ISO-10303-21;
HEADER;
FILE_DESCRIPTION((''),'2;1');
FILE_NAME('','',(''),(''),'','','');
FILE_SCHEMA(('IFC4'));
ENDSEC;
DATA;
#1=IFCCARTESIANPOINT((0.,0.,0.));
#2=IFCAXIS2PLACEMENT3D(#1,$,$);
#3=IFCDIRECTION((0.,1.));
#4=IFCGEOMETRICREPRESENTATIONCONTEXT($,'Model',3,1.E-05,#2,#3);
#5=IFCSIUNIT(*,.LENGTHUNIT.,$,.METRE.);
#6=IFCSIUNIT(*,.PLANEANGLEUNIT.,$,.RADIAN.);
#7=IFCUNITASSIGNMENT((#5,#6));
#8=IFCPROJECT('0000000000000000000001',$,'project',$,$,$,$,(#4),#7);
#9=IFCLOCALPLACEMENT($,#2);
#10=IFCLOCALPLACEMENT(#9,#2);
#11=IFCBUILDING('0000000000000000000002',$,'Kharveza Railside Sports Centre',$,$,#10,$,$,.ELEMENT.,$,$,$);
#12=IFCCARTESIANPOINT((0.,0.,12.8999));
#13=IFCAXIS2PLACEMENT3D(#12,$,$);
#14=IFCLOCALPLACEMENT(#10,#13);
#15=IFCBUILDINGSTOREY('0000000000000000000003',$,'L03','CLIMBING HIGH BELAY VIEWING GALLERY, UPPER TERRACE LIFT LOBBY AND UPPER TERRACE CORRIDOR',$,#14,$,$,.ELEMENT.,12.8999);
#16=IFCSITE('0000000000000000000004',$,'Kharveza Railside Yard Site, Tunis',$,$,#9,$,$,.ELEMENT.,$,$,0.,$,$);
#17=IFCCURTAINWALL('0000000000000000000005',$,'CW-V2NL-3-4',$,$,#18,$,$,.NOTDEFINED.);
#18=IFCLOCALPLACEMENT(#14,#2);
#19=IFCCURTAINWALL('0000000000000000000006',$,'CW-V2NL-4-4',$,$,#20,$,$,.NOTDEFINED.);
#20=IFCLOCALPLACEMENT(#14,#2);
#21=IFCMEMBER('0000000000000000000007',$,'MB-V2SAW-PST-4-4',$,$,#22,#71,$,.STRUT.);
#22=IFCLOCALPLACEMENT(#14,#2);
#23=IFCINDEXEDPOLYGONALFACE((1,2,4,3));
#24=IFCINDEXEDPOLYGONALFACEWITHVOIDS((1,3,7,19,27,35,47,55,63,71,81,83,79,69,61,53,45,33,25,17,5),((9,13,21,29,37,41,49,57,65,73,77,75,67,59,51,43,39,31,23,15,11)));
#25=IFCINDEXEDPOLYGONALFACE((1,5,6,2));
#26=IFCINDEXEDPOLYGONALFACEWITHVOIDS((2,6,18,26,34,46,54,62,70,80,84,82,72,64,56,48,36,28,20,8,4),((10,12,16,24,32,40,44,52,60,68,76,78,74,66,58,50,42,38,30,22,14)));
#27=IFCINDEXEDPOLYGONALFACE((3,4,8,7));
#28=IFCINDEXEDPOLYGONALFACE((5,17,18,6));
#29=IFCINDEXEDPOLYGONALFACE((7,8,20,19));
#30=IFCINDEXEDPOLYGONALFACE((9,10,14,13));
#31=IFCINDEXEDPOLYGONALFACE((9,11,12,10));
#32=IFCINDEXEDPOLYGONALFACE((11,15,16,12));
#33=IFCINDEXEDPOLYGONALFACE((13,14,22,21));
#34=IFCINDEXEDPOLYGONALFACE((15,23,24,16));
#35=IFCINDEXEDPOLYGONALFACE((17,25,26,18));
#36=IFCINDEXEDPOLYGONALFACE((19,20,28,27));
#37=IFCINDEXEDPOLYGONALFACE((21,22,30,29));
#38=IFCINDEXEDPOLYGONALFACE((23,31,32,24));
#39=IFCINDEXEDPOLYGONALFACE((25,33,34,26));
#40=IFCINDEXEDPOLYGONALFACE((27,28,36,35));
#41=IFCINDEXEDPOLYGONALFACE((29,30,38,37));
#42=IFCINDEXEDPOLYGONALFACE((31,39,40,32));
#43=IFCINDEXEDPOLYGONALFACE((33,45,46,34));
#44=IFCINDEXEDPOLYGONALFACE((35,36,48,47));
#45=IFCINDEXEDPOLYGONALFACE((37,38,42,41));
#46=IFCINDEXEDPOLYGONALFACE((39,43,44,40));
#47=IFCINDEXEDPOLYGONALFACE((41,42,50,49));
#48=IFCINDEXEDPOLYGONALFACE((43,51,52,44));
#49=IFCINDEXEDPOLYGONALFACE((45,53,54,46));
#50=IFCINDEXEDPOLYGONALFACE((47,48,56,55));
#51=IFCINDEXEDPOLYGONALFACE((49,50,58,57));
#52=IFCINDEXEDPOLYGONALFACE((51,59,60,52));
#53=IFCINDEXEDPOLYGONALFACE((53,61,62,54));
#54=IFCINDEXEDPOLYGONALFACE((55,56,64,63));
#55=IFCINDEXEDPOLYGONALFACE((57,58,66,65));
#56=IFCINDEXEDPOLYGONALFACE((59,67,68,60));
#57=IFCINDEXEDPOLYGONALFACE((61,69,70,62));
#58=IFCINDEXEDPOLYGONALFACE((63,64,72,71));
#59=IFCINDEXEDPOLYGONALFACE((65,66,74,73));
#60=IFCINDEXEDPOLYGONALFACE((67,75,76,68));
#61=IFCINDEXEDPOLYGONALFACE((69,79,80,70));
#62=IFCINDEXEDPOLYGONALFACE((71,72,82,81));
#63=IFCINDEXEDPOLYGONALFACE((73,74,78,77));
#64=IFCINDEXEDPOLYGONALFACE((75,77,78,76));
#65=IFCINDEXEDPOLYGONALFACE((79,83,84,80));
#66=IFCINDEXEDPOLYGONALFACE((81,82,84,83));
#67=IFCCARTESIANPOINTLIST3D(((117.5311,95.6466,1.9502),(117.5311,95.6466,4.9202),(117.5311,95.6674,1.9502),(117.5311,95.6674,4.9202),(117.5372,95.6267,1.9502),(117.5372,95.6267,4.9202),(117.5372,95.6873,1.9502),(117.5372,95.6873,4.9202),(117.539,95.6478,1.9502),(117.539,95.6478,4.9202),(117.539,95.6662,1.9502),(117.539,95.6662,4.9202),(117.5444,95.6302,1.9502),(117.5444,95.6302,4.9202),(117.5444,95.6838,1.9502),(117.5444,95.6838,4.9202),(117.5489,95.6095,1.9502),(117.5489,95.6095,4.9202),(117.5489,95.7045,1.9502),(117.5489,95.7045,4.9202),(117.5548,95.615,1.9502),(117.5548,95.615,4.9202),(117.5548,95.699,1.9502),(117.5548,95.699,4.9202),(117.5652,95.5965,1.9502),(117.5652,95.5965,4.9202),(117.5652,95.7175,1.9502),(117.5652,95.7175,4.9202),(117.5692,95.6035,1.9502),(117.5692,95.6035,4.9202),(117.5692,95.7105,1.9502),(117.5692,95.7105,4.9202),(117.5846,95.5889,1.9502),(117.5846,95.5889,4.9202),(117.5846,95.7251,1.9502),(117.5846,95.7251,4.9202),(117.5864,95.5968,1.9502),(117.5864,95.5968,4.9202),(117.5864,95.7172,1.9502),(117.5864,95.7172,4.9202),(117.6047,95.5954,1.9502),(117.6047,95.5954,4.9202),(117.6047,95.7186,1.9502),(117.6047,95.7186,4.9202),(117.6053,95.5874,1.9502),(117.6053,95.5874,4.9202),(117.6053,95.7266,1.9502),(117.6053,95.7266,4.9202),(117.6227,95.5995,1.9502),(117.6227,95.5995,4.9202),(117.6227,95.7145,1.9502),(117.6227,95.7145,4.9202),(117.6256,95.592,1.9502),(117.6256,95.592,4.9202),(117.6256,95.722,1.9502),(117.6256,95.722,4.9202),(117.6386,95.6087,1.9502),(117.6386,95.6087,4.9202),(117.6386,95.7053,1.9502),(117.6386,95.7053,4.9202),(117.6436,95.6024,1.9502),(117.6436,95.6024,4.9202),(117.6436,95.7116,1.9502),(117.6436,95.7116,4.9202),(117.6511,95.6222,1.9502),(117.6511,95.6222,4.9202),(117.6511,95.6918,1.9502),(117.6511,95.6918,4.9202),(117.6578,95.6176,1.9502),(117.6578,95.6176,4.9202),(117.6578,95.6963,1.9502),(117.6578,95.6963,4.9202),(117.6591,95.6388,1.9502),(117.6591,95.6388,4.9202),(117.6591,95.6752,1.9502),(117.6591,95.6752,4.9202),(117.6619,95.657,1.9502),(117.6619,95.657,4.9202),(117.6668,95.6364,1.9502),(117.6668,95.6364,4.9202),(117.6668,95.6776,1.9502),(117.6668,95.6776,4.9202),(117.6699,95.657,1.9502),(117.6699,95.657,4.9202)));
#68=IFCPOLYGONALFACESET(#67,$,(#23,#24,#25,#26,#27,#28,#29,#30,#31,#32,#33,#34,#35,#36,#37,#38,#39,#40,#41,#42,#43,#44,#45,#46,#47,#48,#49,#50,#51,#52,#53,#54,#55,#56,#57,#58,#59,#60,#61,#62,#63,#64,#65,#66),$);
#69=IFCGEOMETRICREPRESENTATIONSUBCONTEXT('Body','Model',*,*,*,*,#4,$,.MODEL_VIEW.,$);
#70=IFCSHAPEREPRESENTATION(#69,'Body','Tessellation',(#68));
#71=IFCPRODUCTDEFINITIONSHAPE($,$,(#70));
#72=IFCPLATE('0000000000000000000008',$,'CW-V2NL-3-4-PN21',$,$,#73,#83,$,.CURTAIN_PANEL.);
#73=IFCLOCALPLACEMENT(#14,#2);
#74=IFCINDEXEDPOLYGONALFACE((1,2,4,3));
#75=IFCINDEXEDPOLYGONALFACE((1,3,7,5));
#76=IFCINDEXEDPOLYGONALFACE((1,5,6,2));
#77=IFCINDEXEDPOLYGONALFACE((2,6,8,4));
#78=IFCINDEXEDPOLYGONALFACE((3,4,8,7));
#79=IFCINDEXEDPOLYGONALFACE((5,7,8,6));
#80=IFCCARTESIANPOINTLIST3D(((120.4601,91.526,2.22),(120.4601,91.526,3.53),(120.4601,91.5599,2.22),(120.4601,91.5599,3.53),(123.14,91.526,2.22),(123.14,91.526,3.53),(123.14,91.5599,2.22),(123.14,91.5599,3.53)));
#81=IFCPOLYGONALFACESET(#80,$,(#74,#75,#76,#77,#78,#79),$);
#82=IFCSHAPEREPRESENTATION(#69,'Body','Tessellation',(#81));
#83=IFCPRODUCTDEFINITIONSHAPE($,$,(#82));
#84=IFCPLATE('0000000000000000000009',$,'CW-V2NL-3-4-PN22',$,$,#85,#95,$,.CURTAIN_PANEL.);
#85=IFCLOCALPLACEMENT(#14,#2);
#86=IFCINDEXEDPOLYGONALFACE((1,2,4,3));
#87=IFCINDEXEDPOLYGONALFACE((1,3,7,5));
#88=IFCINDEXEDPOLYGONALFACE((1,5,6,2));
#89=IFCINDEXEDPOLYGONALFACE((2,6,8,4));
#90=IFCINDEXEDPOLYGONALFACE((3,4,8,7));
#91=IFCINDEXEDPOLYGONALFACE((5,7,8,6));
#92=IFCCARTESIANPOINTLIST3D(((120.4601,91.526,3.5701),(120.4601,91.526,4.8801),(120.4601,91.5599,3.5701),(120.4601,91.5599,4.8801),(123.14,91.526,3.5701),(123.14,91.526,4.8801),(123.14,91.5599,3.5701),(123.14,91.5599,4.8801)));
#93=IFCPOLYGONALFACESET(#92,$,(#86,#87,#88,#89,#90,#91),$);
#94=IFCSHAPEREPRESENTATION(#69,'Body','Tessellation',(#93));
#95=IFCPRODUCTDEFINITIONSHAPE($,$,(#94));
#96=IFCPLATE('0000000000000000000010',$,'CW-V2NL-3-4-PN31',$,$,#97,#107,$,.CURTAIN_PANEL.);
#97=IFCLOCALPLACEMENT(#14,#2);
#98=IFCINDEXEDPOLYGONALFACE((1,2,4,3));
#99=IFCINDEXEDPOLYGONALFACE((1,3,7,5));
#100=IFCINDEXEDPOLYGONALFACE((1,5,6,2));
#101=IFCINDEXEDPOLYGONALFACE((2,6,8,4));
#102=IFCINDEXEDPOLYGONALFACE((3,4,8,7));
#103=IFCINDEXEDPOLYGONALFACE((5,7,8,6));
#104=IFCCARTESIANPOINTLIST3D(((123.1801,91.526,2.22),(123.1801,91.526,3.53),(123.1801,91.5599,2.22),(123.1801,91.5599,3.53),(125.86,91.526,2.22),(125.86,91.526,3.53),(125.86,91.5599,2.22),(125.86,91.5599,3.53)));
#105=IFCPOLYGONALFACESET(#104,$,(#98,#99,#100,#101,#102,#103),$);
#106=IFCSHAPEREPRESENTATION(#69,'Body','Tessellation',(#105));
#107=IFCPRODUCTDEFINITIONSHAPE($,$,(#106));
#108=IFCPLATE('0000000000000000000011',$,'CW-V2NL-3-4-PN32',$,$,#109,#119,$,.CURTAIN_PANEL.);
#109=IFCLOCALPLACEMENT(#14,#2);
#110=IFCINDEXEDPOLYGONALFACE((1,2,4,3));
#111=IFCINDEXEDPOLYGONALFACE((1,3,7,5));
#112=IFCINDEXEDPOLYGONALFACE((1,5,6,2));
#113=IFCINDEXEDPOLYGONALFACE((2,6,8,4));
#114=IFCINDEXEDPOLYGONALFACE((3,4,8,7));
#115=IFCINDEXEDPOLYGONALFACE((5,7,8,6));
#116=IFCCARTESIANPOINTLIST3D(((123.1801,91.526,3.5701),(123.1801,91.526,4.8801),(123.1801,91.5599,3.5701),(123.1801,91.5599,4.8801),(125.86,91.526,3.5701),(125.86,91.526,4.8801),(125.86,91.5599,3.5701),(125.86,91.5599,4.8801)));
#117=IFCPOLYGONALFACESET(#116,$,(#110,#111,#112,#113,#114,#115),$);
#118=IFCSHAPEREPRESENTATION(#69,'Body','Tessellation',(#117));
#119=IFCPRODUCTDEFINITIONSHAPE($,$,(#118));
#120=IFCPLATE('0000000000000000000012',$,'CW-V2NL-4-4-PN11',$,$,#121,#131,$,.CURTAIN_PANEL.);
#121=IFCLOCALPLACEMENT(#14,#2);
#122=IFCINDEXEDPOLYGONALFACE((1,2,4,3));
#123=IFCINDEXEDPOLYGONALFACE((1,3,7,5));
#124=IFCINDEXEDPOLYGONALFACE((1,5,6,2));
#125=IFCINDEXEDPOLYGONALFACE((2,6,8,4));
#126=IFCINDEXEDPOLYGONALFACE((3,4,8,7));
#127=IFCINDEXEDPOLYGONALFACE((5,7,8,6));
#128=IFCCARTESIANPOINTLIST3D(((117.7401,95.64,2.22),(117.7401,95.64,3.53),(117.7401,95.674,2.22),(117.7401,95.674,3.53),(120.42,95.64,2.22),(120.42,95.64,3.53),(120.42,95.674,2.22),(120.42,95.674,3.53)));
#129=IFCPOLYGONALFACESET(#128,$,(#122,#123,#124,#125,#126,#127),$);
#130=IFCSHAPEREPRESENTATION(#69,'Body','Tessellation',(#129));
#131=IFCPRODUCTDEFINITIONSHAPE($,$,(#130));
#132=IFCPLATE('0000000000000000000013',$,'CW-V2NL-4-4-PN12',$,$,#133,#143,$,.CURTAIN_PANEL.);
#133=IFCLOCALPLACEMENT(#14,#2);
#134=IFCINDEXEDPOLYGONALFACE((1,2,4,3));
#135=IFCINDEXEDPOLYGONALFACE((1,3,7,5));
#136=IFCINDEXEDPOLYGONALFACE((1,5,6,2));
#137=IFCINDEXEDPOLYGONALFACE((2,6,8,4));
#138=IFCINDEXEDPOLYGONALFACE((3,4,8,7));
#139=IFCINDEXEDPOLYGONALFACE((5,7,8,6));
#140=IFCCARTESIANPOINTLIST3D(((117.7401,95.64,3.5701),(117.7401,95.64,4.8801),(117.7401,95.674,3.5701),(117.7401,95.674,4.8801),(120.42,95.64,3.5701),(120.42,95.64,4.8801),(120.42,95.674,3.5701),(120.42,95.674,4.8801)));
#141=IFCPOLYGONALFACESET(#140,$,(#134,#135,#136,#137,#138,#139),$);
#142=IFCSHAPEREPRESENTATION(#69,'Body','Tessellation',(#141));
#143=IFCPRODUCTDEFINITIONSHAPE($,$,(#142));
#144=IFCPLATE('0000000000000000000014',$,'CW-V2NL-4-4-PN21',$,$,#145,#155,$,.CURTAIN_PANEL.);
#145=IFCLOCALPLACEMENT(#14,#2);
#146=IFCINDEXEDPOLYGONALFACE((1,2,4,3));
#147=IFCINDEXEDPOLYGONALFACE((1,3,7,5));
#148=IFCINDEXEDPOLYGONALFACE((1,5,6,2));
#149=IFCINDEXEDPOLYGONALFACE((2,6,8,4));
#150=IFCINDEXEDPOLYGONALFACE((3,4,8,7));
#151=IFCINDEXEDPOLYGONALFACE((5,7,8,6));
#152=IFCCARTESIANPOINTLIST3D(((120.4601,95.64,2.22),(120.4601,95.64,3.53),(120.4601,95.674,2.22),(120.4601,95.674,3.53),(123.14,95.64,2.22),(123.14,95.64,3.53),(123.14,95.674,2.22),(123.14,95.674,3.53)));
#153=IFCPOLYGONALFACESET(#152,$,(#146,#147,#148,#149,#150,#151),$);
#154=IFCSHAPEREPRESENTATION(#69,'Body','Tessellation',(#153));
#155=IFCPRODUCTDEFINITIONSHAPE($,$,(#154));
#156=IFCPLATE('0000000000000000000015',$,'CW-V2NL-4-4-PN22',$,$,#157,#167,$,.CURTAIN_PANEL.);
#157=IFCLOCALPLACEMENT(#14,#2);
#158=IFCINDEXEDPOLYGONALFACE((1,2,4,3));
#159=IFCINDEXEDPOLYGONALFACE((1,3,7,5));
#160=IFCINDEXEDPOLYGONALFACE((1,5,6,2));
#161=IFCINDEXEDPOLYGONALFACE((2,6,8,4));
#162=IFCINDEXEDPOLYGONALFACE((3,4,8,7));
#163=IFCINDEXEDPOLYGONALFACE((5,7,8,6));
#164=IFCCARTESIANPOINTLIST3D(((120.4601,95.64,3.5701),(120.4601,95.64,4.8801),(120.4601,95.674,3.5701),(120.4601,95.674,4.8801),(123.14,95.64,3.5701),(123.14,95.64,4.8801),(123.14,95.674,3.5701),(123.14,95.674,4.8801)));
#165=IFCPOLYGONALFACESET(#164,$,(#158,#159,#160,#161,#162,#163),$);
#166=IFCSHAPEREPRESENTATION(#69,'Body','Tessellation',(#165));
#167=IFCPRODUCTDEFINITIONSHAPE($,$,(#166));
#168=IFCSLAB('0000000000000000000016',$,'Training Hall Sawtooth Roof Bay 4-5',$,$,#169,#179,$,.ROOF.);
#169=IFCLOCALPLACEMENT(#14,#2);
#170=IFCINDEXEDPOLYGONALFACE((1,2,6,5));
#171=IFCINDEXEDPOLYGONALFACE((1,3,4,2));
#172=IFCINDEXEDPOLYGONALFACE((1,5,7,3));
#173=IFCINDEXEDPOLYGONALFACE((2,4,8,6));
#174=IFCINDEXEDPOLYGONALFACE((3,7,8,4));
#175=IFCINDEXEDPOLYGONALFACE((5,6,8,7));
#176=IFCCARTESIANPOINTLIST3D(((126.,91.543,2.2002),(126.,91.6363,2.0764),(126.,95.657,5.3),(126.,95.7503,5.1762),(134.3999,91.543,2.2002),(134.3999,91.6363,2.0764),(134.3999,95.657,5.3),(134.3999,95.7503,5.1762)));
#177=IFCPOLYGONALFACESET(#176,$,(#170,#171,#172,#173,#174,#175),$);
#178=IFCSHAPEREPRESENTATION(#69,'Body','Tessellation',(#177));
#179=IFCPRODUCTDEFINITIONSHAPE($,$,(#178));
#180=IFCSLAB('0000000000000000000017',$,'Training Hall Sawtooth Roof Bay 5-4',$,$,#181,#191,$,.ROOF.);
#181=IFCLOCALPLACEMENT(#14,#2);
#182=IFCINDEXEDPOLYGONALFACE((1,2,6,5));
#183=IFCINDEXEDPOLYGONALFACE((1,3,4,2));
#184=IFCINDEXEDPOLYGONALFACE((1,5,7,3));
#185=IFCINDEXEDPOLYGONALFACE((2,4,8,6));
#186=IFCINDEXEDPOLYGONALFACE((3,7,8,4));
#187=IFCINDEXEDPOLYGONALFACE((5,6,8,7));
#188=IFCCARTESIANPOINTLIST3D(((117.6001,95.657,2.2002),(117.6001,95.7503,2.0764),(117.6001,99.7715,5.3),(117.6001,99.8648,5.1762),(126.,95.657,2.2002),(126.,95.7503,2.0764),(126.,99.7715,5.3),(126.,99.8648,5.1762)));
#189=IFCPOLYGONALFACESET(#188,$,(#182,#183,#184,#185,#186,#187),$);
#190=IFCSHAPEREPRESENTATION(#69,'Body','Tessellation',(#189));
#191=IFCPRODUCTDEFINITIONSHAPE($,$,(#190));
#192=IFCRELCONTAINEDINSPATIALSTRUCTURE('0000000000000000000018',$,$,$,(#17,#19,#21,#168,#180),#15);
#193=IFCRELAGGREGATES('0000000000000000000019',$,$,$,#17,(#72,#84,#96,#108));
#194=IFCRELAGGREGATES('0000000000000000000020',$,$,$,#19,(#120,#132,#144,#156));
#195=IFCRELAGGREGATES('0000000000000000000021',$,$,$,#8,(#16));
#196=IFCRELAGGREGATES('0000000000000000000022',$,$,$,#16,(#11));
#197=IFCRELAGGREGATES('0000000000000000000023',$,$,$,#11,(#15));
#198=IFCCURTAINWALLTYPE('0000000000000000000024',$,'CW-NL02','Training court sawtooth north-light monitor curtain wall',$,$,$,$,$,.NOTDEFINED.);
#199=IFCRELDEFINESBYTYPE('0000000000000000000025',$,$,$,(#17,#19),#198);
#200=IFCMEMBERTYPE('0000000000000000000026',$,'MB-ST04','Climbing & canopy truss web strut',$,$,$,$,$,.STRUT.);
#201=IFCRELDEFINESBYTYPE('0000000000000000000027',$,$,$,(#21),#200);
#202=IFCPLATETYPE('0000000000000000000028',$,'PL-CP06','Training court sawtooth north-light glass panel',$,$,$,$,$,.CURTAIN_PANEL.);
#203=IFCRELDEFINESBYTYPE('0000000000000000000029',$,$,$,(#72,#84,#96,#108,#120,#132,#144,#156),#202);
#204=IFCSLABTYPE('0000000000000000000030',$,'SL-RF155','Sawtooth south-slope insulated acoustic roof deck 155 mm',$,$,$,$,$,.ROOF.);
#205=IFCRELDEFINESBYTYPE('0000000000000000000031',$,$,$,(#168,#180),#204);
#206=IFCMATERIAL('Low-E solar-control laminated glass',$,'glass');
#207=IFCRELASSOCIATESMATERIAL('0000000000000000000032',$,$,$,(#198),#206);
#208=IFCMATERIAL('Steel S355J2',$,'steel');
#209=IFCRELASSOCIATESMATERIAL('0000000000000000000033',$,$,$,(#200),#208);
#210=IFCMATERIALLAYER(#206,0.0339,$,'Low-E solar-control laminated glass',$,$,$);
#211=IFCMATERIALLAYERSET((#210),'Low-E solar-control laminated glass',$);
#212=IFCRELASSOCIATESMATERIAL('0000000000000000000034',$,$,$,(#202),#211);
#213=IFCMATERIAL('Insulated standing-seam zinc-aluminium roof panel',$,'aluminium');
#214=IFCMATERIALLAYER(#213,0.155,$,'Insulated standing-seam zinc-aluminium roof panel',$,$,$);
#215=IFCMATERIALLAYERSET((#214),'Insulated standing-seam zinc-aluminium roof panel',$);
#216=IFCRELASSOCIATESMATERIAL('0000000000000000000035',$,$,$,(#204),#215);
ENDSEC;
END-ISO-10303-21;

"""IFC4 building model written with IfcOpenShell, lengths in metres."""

from ifc_helpers import new_model, si_unit, direction, frame, origin, origin_2d, place, context, subcontext, project, spatial, polyline, rectangle, hollow_circle, outline, extrude, material, layer, layer_set, material_profile, profile_set, type_object, element, aggregate, save


model = new_model("IFC4")

# Units and contexts
model_context = context("Model", 3, precision=1e-05, world=origin(), true_north=direction((0.0, 1.0)))
body_context = subcontext(model_context, "Body", "Model", "MODEL_VIEW")
ifc_project = project(units=[si_unit("LENGTHUNIT", "METRE"), si_unit("PLANEANGLEUNIT", "RADIAN")], contexts=[model_context])

# Site, building, storey
site_placement = place(None, origin())
site = spatial("IfcSite", under=ifc_project, at=site_placement, Name="Kharveza Railside Yard Site, Tunis", CompositionType="ELEMENT", RefElevation=0.0)
building_placement = place(site_placement, origin())
building = spatial("IfcBuilding", under=site, at=building_placement, Name="Kharveza Railside Sports Centre", CompositionType="ELEMENT")
storey_placement = place(building_placement, frame((0.0, 0.0, 12.8999)))
storey = spatial("IfcBuildingStorey", under=building, at=storey_placement, Name="L03", Description="CLIMBING HIGH BELAY VIEWING GALLERY, UPPER TERRACE LIFT LOBBY AND UPPER TERRACE CORRIDOR", CompositionType="ELEMENT", Elevation=12.8999)

# Shared definitions
ifc_material_1 = material(Name="Steel S355J2", Category="steel")

# Curtain walls
ifc_material_2 = material(Name="Low-E solar-control laminated glass", Category="glass")
curtain_wall_type = type_object("IfcCurtainWallType", Name="CW-NL02", Description="Training court sawtooth north-light monitor curtain wall", PredefinedType="NOTDEFINED", material=ifc_material_2)
curtain_wall_1_placement = place(storey_placement, origin())
curtain_wall_1 = element("IfcCurtainWall", 1, at=curtain_wall_1_placement, inside=storey, type_object=curtain_wall_type, Name="CW-V2NL-3-4", PredefinedType="NOTDEFINED")
curtain_wall_2_placement = place(storey_placement, origin())
curtain_wall_2 = element("IfcCurtainWall", 2, at=curtain_wall_2_placement, inside=storey, type_object=curtain_wall_type, Name="CW-V2NL-4-4", PredefinedType="NOTDEFINED")

# Member
ifc_material_profile_1 = material_profile(ifc_material_1, hollow_circle(Radius=0.0698, WallThickness=0.0081, at=origin_2d()), Name="CHS 139.7x8.0")
ifc_profile_set_1 = profile_set([ifc_material_profile_1], Name="Steel S355J2")
member_type_1 = type_object("IfcMemberType", Name="MB-ST04", Description="Climbing & canopy truss web strut", PredefinedType="STRUT", material=ifc_profile_set_1)
for number, where, z_axis, x_axis, name in (
    (3, (117.6001, 95.657, 1.9502), (0.0, 0.0, 1.0), (1.0, 0.0, 0.0), "MB-V2SAW-PST-4-4"),
):
    element("IfcMember", number, at=place(storey_placement, frame(where, z_axis=z_axis, x_axis=x_axis)), inside=storey, type_object=member_type_1, Name=name, PredefinedType="STRUT", context=body_context, shape_type="SweptSolid", body=[
        extrude(hollow_circle(Radius=0.0698, WallThickness=0.0081, at=origin_2d()), origin(), (0.0, 0.0, 1.0), 2.97),
    ])

# Plates
ifc_layer_1 = layer(ifc_material_2, 0.0339, Name="Low-E solar-control laminated glass")
ifc_layer_set_1 = layer_set([ifc_layer_1], Name="Low-E solar-control laminated glass")
plate_type = type_object("IfcPlateType", Name="PL-CP06", Description="Training court sawtooth north-light glass panel", PredefinedType="CURTAIN_PANEL", material=ifc_layer_set_1)
plate_1_placement = place(storey_placement, frame((121.8, 91.543, 2.22), z_axis=(0.0, 0.0, 1.0), x_axis=(1.0, 0.0, 0.0)))
plate_1 = element("IfcPlate", 4, at=plate_1_placement, type_object=plate_type, Name="CW-V2NL-3-4-PN21", PredefinedType="CURTAIN_PANEL", context=body_context, shape_type="SweptSolid", body=[
    extrude(rectangle(XDim=2.6799, YDim=0.0339, at=origin_2d()), origin(), (0.0, 0.0, 1.0), 1.3101),
])
plate_2_placement = place(storey_placement, frame((121.8, 91.543, 3.5701), z_axis=(0.0, 0.0, 1.0), x_axis=(1.0, 0.0, 0.0)))
plate_2 = element("IfcPlate", 5, at=plate_2_placement, type_object=plate_type, Name="CW-V2NL-3-4-PN22", PredefinedType="CURTAIN_PANEL", context=body_context, shape_type="SweptSolid", body=[
    extrude(rectangle(XDim=2.6799, YDim=0.0339, at=origin_2d()), origin(), (0.0, 0.0, 1.0), 1.3101),
])
plate_3_placement = place(storey_placement, frame((124.52, 91.543, 2.22), z_axis=(0.0, 0.0, 1.0), x_axis=(1.0, 0.0, 0.0)))
plate_3 = element("IfcPlate", 6, at=plate_3_placement, type_object=plate_type, Name="CW-V2NL-3-4-PN31", PredefinedType="CURTAIN_PANEL", context=body_context, shape_type="SweptSolid", body=[
    extrude(rectangle(XDim=2.6799, YDim=0.0339, at=origin_2d()), origin(), (0.0, 0.0, 1.0), 1.3101),
])
plate_4_placement = place(storey_placement, frame((124.52, 91.543, 3.5701), z_axis=(0.0, 0.0, 1.0), x_axis=(1.0, 0.0, 0.0)))
plate_4 = element("IfcPlate", 7, at=plate_4_placement, type_object=plate_type, Name="CW-V2NL-3-4-PN32", PredefinedType="CURTAIN_PANEL", context=body_context, shape_type="SweptSolid", body=[
    extrude(rectangle(XDim=2.6799, YDim=0.0339, at=origin_2d()), origin(), (0.0, 0.0, 1.0), 1.3101),
])
aggregate(curtain_wall_1, [plate_1, plate_2, plate_3, plate_4])
plate_5_placement = place(storey_placement, frame((119.0801, 95.657, 2.22), z_axis=(0.0, 0.0, 1.0), x_axis=(1.0, 0.0, 0.0)))
plate_5 = element("IfcPlate", 8, at=plate_5_placement, type_object=plate_type, Name="CW-V2NL-4-4-PN11", PredefinedType="CURTAIN_PANEL", context=body_context, shape_type="SweptSolid", body=[
    extrude(rectangle(XDim=2.6799, YDim=0.0339, at=origin_2d()), origin(), (0.0, 0.0, 1.0), 1.3101),
])
plate_6_placement = place(storey_placement, frame((119.0801, 95.657, 3.5701), z_axis=(0.0, 0.0, 1.0), x_axis=(1.0, 0.0, 0.0)))
plate_6 = element("IfcPlate", 9, at=plate_6_placement, type_object=plate_type, Name="CW-V2NL-4-4-PN12", PredefinedType="CURTAIN_PANEL", context=body_context, shape_type="SweptSolid", body=[
    extrude(rectangle(XDim=2.6799, YDim=0.0339, at=origin_2d()), origin(), (0.0, 0.0, 1.0), 1.3101),
])
plate_7_placement = place(storey_placement, frame((121.8, 95.657, 2.22), z_axis=(0.0, 0.0, 1.0), x_axis=(1.0, 0.0, 0.0)))
plate_7 = element("IfcPlate", 10, at=plate_7_placement, type_object=plate_type, Name="CW-V2NL-4-4-PN21", PredefinedType="CURTAIN_PANEL", context=body_context, shape_type="SweptSolid", body=[
    extrude(rectangle(XDim=2.6799, YDim=0.0339, at=origin_2d()), origin(), (0.0, 0.0, 1.0), 1.3101),
])
plate_8_placement = place(storey_placement, frame((121.8, 95.657, 3.5701), z_axis=(0.0, 0.0, 1.0), x_axis=(1.0, 0.0, 0.0)))
plate_8 = element("IfcPlate", 11, at=plate_8_placement, type_object=plate_type, Name="CW-V2NL-4-4-PN22", PredefinedType="CURTAIN_PANEL", context=body_context, shape_type="SweptSolid", body=[
    extrude(rectangle(XDim=2.6799, YDim=0.0339, at=origin_2d()), origin(), (0.0, 0.0, 1.0), 1.3101),
])
aggregate(curtain_wall_2, [plate_5, plate_6, plate_7, plate_8])

# Slabs
ifc_material_3 = material(Name="Insulated standing-seam zinc-aluminium roof panel", Category="aluminium")
ifc_layer_2 = layer(ifc_material_3, 0.155, Name="Insulated standing-seam zinc-aluminium roof panel")
ifc_layer_set_2 = layer_set([ifc_layer_2], Name="Insulated standing-seam zinc-aluminium roof panel")
slab_type = type_object("IfcSlabType", Name="SL-RF155", Description="Sawtooth south-slope insulated acoustic roof deck 155 mm", PredefinedType="ROOF", material=ifc_layer_set_2)
slab_1_placement = place(storey_placement, frame((126.0, 91.543, 2.2002), z_axis=(0.0, -0.601781, 0.798661), x_axis=(1.0, 0.0, 0.0)))
element("IfcSlab", 12, at=slab_1_placement, inside=storey, type_object=slab_type, Name="Training Hall Sawtooth Roof Bay 4-5", PredefinedType="ROOF", context=body_context, shape_type="SweptSolid", body=[
    extrude(outline(polyline([(0.0, 0.0), (8.3999, 0.0), (8.3999, 5.1511), (0.0, 5.1511), (0.0, 0.0)])), origin(), (0.0, 0.0, -1.0), 0.155),
])
slab_2_placement = place(storey_placement, frame((117.6001, 95.657, 2.2002), z_axis=(0.0, -0.601735, 0.798696), x_axis=(1.0, 0.0, 0.0)))
element("IfcSlab", 13, at=slab_2_placement, inside=storey, type_object=slab_type, Name="Training Hall Sawtooth Roof Bay 5-4", PredefinedType="ROOF", context=body_context, shape_type="SweptSolid", body=[
    extrude(outline(polyline([(0.0, 0.0), (8.3999, 0.0), (8.3999, 5.1515), (0.0, 5.1515), (0.0, 0.0)])), origin(), (0.0, 0.0, -1.0), 0.155),
])

save(model, "model.ifc")
